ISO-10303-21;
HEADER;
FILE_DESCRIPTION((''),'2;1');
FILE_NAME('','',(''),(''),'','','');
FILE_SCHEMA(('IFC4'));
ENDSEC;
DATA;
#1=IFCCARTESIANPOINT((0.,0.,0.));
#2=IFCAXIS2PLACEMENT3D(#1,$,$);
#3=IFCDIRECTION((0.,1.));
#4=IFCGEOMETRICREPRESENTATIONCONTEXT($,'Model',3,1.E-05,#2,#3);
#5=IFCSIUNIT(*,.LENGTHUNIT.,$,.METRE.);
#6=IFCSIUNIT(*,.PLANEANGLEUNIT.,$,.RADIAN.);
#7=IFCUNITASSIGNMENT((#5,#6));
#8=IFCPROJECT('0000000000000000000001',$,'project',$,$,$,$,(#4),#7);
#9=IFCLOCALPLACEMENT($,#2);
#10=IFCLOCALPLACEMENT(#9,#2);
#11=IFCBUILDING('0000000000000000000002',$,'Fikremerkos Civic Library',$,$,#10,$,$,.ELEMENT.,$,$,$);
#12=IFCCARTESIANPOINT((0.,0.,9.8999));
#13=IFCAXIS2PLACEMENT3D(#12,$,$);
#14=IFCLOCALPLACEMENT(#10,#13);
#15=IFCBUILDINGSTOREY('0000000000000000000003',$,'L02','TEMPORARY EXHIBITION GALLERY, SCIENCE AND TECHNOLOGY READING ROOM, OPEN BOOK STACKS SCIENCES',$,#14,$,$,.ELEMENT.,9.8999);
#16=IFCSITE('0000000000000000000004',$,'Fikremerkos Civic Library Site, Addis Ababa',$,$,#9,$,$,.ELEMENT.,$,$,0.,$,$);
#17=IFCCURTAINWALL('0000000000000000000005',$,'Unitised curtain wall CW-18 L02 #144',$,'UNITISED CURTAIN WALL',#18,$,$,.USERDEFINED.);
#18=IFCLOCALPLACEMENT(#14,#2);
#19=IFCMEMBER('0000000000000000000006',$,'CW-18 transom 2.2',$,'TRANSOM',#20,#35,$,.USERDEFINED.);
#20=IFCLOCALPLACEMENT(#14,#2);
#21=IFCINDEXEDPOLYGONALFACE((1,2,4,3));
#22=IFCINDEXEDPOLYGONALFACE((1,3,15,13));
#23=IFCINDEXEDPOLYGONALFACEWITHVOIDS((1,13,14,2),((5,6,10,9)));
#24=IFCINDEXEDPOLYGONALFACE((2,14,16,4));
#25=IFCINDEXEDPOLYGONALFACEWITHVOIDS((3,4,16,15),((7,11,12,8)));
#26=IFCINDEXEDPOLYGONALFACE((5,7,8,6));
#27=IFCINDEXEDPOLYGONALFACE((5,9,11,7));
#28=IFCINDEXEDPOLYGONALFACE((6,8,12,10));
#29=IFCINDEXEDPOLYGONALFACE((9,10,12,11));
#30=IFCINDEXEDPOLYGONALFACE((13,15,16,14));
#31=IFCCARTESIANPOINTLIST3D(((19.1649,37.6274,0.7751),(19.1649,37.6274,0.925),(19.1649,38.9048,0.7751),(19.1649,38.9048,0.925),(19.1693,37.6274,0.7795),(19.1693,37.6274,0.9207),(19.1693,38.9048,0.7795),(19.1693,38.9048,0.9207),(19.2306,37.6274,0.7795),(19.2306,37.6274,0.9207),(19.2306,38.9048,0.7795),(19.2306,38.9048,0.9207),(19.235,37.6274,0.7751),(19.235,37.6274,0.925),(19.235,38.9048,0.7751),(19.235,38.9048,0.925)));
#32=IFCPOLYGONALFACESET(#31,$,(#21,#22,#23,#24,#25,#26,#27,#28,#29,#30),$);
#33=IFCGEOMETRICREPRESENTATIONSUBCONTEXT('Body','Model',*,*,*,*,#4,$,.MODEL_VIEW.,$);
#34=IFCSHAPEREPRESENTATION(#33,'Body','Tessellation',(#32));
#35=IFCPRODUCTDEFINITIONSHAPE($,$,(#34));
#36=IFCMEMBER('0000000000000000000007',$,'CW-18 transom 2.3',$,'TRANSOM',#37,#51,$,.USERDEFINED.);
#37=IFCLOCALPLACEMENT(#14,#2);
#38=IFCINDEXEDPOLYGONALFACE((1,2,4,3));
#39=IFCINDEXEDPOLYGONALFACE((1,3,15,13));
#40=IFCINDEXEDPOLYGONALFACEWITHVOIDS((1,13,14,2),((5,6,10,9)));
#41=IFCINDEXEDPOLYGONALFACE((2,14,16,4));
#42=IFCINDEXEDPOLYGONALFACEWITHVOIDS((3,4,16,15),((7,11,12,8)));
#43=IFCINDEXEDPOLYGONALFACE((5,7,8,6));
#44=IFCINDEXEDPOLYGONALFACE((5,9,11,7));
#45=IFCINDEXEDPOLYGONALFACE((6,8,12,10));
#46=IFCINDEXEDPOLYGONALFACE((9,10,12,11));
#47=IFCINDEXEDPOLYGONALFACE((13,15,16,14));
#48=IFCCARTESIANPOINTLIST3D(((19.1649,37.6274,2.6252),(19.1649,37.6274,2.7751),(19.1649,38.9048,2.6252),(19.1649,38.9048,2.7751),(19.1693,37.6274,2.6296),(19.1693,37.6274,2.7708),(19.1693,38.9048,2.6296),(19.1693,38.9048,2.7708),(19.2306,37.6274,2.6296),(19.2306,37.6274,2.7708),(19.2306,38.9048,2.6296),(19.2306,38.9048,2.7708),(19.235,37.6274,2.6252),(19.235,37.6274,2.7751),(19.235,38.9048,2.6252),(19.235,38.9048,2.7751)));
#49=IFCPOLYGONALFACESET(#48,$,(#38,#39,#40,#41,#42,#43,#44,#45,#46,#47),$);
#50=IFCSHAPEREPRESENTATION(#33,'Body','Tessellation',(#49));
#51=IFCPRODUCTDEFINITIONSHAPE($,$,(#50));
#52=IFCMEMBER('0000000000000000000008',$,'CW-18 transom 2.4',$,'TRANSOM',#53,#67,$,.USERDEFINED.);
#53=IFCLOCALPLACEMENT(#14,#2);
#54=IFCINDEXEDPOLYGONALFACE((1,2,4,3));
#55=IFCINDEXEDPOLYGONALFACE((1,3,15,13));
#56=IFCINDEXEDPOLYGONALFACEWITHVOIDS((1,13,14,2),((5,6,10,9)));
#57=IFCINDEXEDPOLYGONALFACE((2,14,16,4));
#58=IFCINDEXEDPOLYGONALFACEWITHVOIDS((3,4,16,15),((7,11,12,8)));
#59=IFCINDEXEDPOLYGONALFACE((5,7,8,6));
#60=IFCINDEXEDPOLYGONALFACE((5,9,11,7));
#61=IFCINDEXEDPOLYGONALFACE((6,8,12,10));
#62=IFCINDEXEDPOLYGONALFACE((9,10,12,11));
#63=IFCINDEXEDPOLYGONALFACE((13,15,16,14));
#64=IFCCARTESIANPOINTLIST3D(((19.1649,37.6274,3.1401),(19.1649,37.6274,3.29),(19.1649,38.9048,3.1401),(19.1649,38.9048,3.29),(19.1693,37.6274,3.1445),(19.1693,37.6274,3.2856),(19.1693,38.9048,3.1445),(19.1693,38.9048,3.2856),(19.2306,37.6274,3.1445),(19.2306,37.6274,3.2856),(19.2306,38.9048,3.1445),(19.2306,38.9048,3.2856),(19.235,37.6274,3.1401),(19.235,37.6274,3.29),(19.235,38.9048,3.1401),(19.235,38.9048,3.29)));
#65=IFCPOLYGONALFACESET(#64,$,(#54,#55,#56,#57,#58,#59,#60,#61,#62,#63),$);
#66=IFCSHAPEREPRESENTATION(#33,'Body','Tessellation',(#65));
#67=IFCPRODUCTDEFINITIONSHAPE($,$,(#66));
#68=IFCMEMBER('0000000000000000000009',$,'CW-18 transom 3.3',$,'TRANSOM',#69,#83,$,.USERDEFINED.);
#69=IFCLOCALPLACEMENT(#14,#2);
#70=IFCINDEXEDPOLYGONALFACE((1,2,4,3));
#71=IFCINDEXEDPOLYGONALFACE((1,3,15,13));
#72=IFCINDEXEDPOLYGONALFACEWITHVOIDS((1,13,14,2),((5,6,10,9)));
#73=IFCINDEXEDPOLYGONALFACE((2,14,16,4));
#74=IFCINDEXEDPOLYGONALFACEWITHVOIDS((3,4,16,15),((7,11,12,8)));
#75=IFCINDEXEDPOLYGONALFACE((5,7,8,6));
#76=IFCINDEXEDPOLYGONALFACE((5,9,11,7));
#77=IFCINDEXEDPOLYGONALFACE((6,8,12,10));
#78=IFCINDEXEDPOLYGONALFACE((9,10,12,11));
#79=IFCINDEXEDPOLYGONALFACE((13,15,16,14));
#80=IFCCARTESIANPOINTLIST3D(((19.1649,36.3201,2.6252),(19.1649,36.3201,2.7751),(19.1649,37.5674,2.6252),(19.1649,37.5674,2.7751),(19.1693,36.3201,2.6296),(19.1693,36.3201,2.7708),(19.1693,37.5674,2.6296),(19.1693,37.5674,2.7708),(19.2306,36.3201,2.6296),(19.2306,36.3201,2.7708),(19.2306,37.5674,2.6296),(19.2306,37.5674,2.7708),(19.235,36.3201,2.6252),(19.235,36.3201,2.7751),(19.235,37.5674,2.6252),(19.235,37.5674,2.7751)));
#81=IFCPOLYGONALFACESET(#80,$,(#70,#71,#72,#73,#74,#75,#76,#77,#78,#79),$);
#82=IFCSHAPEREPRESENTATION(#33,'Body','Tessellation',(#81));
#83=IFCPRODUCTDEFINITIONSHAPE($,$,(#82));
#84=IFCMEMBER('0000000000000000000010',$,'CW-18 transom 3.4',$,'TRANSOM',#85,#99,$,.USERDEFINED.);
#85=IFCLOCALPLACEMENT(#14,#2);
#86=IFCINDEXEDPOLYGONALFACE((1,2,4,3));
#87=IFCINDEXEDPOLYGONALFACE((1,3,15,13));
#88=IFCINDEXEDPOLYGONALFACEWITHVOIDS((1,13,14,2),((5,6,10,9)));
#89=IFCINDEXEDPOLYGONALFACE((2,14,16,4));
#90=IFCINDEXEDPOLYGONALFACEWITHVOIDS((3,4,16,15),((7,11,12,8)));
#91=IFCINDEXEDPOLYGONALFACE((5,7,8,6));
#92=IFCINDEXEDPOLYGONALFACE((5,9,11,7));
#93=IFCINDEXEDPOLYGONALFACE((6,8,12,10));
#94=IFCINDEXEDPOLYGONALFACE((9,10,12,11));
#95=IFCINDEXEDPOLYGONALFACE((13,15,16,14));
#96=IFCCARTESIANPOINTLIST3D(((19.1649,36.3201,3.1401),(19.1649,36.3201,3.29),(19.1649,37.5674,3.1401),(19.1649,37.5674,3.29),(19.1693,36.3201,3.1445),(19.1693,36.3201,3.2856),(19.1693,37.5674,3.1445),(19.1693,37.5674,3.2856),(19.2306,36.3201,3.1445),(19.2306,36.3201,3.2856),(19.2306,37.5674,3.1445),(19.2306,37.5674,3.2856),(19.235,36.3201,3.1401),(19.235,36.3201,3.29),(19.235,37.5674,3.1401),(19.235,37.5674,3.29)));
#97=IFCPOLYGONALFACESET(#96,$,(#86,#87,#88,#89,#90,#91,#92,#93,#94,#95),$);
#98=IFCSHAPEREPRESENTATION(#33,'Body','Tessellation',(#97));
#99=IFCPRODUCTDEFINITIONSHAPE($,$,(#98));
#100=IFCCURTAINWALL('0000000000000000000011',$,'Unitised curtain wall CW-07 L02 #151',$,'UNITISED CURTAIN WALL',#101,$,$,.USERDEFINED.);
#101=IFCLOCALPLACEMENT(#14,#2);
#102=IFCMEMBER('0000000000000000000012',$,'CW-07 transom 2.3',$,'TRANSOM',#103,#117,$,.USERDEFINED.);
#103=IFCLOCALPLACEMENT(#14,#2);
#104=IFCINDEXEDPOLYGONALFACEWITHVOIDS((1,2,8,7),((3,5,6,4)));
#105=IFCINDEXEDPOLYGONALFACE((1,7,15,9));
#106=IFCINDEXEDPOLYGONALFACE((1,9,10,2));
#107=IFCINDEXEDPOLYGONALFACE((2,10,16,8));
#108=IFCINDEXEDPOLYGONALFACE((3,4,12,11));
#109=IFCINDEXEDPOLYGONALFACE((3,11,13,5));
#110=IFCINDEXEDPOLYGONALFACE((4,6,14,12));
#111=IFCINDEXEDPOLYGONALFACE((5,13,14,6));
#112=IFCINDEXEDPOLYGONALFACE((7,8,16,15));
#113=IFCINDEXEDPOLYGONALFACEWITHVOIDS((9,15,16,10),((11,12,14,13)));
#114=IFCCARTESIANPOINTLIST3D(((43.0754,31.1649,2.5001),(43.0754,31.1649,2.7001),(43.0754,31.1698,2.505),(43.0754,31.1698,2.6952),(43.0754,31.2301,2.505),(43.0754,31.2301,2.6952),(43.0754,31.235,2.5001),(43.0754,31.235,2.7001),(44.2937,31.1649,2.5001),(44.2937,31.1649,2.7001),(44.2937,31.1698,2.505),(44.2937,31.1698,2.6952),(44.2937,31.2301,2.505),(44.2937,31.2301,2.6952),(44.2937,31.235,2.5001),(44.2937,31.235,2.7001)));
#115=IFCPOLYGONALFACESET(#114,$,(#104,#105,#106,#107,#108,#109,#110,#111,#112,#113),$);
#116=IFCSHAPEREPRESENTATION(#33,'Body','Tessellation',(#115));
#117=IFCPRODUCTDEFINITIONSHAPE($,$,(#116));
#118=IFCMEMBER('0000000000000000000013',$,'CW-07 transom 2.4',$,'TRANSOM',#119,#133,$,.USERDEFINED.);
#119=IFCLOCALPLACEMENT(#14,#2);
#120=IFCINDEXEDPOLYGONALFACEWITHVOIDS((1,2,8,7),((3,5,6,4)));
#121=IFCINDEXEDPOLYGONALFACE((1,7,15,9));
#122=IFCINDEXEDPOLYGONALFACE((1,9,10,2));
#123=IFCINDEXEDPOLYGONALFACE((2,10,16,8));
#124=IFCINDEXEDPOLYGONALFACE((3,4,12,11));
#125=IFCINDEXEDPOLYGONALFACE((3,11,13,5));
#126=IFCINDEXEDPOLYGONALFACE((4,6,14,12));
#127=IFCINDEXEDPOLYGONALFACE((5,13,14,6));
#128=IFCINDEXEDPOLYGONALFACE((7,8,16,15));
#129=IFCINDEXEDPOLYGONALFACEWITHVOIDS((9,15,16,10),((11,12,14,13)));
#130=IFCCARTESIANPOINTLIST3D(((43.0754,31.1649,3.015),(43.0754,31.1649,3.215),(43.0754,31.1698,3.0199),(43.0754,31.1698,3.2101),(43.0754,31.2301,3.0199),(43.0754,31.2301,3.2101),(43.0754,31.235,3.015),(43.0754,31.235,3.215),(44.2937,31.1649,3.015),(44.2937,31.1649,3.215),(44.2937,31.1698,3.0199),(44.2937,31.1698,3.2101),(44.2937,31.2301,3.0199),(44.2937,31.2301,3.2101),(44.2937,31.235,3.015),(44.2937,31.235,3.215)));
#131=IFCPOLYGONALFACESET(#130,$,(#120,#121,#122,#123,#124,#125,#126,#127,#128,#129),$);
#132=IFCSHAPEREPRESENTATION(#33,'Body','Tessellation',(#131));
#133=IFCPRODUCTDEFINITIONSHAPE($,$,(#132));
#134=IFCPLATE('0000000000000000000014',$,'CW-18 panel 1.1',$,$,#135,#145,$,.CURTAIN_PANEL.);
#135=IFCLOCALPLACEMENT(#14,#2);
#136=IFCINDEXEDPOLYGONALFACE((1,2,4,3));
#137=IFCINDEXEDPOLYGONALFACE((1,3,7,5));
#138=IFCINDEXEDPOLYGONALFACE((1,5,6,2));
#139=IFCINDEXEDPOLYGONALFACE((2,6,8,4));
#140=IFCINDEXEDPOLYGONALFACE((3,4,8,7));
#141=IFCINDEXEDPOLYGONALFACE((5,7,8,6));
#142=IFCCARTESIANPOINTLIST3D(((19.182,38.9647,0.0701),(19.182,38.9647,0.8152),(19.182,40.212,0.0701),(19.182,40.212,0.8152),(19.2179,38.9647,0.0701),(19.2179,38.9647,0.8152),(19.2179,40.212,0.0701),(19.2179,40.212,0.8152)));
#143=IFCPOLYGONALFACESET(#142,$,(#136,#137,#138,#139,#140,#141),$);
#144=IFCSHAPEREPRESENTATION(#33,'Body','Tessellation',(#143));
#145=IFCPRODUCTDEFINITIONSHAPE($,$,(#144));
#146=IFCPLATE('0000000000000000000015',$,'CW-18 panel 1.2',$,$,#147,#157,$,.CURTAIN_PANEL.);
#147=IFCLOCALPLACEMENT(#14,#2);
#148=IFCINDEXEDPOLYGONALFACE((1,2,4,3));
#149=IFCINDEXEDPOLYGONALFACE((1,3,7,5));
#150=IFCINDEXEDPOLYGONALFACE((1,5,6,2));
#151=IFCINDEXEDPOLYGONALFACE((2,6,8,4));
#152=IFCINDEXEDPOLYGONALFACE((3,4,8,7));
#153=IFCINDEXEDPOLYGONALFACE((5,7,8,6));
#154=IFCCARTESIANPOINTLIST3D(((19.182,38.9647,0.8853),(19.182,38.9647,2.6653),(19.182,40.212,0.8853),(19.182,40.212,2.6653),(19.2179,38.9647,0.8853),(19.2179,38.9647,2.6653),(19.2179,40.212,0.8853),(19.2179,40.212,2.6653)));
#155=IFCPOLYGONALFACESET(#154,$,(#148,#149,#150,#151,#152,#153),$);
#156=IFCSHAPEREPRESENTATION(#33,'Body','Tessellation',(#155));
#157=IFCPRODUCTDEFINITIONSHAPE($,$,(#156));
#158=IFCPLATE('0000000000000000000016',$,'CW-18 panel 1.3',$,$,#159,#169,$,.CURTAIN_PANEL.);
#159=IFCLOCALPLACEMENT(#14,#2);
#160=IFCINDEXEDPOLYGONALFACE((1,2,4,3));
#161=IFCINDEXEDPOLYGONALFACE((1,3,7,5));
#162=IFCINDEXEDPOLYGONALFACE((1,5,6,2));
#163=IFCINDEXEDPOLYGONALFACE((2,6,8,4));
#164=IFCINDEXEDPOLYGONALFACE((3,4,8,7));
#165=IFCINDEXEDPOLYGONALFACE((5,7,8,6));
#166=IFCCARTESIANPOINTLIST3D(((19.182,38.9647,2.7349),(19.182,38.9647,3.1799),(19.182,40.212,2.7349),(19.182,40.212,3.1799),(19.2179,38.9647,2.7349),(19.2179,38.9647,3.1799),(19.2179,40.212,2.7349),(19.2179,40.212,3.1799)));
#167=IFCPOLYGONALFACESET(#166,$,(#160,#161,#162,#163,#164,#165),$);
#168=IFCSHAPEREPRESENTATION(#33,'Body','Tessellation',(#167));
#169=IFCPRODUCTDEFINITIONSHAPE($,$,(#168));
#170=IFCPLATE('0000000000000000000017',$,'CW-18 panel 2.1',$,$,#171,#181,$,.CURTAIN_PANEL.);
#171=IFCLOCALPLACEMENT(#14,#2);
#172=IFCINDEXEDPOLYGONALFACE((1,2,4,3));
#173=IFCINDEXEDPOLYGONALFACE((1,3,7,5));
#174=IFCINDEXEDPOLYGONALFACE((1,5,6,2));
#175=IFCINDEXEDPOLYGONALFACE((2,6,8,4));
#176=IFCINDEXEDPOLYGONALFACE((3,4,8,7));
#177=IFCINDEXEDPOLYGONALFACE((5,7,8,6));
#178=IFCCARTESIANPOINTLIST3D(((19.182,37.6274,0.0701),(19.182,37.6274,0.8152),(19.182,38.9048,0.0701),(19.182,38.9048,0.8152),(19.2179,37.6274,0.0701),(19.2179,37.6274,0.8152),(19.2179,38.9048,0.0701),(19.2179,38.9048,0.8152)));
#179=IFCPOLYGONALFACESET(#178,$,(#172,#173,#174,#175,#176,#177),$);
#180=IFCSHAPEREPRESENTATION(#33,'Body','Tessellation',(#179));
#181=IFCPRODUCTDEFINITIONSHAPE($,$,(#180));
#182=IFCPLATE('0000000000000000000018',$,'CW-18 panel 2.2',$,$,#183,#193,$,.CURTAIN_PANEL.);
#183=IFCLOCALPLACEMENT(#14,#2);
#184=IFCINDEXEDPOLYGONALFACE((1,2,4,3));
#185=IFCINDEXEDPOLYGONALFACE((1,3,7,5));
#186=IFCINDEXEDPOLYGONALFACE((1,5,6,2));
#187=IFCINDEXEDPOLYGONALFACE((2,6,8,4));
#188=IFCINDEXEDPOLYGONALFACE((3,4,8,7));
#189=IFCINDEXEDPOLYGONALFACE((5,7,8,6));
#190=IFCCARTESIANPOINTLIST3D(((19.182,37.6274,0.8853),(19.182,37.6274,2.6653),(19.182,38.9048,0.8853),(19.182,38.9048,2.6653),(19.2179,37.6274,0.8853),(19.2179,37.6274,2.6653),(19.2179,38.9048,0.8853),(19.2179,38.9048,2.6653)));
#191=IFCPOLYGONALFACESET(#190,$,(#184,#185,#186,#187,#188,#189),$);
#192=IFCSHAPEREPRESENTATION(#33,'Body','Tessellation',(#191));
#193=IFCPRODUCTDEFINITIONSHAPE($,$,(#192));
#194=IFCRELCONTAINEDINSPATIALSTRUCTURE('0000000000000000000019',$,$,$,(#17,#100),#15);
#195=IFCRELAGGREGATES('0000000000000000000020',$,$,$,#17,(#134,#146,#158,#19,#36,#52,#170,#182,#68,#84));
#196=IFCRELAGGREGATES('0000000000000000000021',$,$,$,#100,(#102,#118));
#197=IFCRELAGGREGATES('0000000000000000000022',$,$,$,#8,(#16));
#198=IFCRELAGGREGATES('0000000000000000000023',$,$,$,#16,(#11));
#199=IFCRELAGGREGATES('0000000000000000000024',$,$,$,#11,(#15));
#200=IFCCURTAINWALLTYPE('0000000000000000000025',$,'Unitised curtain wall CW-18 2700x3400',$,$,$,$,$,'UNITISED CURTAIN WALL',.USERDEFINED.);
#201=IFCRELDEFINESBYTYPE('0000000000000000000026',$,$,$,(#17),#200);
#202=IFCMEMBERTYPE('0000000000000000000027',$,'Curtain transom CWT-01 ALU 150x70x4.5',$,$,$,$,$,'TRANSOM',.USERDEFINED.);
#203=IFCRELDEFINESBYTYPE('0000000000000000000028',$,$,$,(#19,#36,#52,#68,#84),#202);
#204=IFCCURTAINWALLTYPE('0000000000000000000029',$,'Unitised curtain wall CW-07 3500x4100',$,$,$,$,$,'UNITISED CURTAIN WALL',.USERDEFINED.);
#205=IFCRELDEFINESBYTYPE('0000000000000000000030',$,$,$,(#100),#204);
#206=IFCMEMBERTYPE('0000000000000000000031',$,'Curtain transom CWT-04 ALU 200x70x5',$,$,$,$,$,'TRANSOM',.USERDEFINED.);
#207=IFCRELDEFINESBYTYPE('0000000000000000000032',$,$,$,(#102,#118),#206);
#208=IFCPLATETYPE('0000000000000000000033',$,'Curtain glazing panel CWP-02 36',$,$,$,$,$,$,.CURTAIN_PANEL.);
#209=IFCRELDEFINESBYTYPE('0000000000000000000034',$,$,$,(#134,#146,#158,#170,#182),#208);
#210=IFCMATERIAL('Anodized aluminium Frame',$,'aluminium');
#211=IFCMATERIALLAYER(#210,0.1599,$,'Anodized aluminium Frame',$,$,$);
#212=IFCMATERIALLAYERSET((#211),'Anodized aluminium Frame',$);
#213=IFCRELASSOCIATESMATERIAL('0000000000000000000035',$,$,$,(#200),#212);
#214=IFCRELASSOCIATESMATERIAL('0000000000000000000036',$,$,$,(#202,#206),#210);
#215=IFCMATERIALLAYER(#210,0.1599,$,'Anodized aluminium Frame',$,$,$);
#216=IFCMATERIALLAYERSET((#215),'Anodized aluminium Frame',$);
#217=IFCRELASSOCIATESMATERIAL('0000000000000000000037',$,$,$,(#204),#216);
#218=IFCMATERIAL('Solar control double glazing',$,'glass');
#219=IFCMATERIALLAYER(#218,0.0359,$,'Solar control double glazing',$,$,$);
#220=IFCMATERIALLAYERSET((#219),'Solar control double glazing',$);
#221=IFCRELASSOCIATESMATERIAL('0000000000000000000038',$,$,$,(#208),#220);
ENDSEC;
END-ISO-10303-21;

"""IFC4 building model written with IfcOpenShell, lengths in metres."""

from ifc_helpers import new_model, si_unit, direction, frame, origin, origin_2d, place, context, subcontext, project, spatial, rectangle, hollow_rectangle, extrude, material, layer, layer_set, material_profile, profile_set, type_object, element, aggregate, save


model = new_model("IFC4")

# Units and contexts
model_context = context("Model", 3, precision=1e-05, world=origin(), true_north=direction((0.0, 1.0)))
body_context = subcontext(model_context, "Body", "Model", "MODEL_VIEW")
ifc_project = project(units=[si_unit("LENGTHUNIT", "METRE"), si_unit("PLANEANGLEUNIT", "RADIAN")], contexts=[model_context])

# Site, building, storey
site_placement = place(None, origin())
site = spatial("IfcSite", under=ifc_project, at=site_placement, Name="Fikremerkos Civic Library Site, Addis Ababa", CompositionType="ELEMENT", RefElevation=0.0)
building_placement = place(site_placement, origin())
building = spatial("IfcBuilding", under=site, at=building_placement, Name="Fikremerkos Civic Library", CompositionType="ELEMENT")
storey_placement = place(building_placement, frame((0.0, 0.0, 9.8999)))
storey = spatial("IfcBuildingStorey", under=building, at=storey_placement, Name="L02", Description="TEMPORARY EXHIBITION GALLERY, SCIENCE AND TECHNOLOGY READING ROOM, OPEN BOOK STACKS SCIENCES", CompositionType="ELEMENT", Elevation=9.8999)

# Curtain walls, members
ifc_material_1 = material(Name="Anodized aluminium Frame", Category="aluminium")
ifc_layer_1 = layer(ifc_material_1, 0.1599, Name="Anodized aluminium Frame")
ifc_layer_set_1 = layer_set([ifc_layer_1], Name="Anodized aluminium Frame")
curtain_wall_type_1 = type_object("IfcCurtainWallType", Name="Unitised curtain wall CW-18 2700x3400", ElementType="UNITISED CURTAIN WALL", PredefinedType="USERDEFINED", material=ifc_layer_set_1)
curtain_wall_1_placement = place(storey_placement, origin())
curtain_wall_1 = element("IfcCurtainWall", 1, at=curtain_wall_1_placement, inside=storey, type_object=curtain_wall_type_1, Name="Unitised curtain wall CW-18 L02 #144", ObjectType="UNITISED CURTAIN WALL", PredefinedType="USERDEFINED")
ifc_material_profile_1 = material_profile(ifc_material_1, hollow_rectangle(XDim=0.0701, YDim=0.1499, WallThickness=0.0044, at=origin_2d()), Name="ALU 150x70x4.5")
ifc_profile_set_1 = profile_set([ifc_material_profile_1], Name="Anodized aluminium Frame")
member_type_1 = type_object("IfcMemberType", Name="Curtain transom CWT-01 ALU 150x70x4.5", ElementType="TRANSOM", PredefinedType="USERDEFINED", material=ifc_profile_set_1)
member_1_placement = place(storey_placement, frame((19.2, 38.9048, 0.8501), z_axis=(0.0, -1.0, 0.0), x_axis=(1.0, 0.0, 0.0)))
member_1 = element("IfcMember", 2, at=member_1_placement, type_object=member_type_1, Name="CW-18 transom 2.2", ObjectType="TRANSOM", PredefinedType="USERDEFINED", context=body_context, shape_type="SweptSolid", body=[
    extrude(hollow_rectangle(XDim=0.0701, YDim=0.1499, WallThickness=0.0044, at=origin_2d()), origin(), (0.0, 0.0, 1.0), 1.2773),
])
member_2_placement = place(storey_placement, frame((19.2, 38.9048, 2.7002), z_axis=(0.0, -1.0, 0.0), x_axis=(1.0, 0.0, 0.0)))
member_2 = element("IfcMember", 3, at=member_2_placement, type_object=member_type_1, Name="CW-18 transom 2.3", ObjectType="TRANSOM", PredefinedType="USERDEFINED", context=body_context, shape_type="SweptSolid", body=[
    extrude(hollow_rectangle(XDim=0.0701, YDim=0.1499, WallThickness=0.0044, at=origin_2d()), origin(), (0.0, 0.0, 1.0), 1.2773),
])
member_3_placement = place(storey_placement, frame((19.2, 38.9048, 3.2151), z_axis=(0.0, -1.0, 0.0), x_axis=(1.0, 0.0, 0.0)))
member_3 = element("IfcMember", 4, at=member_3_placement, type_object=member_type_1, Name="CW-18 transom 2.4", ObjectType="TRANSOM", PredefinedType="USERDEFINED", context=body_context, shape_type="SweptSolid", body=[
    extrude(hollow_rectangle(XDim=0.0701, YDim=0.1499, WallThickness=0.0044, at=origin_2d()), origin(), (0.0, 0.0, 1.0), 1.2773),
])
member_4_placement = place(storey_placement, frame((19.2, 37.5674, 2.7002), z_axis=(0.0, -1.0, 0.0), x_axis=(1.0, 0.0, 0.0)))
member_4 = element("IfcMember", 5, at=member_4_placement, type_object=member_type_1, Name="CW-18 transom 3.3", ObjectType="TRANSOM", PredefinedType="USERDEFINED", context=body_context, shape_type="SweptSolid", body=[
    extrude(hollow_rectangle(XDim=0.0701, YDim=0.1499, WallThickness=0.0044, at=origin_2d()), origin(), (0.0, 0.0, 1.0), 1.2473),
])
member_5_placement = place(storey_placement, frame((19.2, 37.5674, 3.2151), z_axis=(0.0, -1.0, 0.0), x_axis=(1.0, 0.0, 0.0)))
member_5 = element("IfcMember", 6, at=member_5_placement, type_object=member_type_1, Name="CW-18 transom 3.4", ObjectType="TRANSOM", PredefinedType="USERDEFINED", context=body_context, shape_type="SweptSolid", body=[
    extrude(hollow_rectangle(XDim=0.0701, YDim=0.1499, WallThickness=0.0044, at=origin_2d()), origin(), (0.0, 0.0, 1.0), 1.2473),
])
ifc_layer_2 = layer(ifc_material_1, 0.1599, Name="Anodized aluminium Frame")
ifc_layer_set_2 = layer_set([ifc_layer_2], Name="Anodized aluminium Frame")
curtain_wall_type_2 = type_object("IfcCurtainWallType", Name="Unitised curtain wall CW-07 3500x4100", ElementType="UNITISED CURTAIN WALL", PredefinedType="USERDEFINED", material=ifc_layer_set_2)
curtain_wall_2_placement = place(storey_placement, origin())
curtain_wall_2 = element("IfcCurtainWall", 7, at=curtain_wall_2_placement, inside=storey, type_object=curtain_wall_type_2, Name="Unitised curtain wall CW-07 L02 #151", ObjectType="UNITISED CURTAIN WALL", PredefinedType="USERDEFINED")
ifc_material_profile_2 = material_profile(ifc_material_1, hollow_rectangle(XDim=0.0701, YDim=0.2, WallThickness=0.0049, at=origin_2d()), Name="ALU 200x70x5")
ifc_profile_set_2 = profile_set([ifc_material_profile_2], Name="Anodized aluminium Frame")
member_type_2 = type_object("IfcMemberType", Name="Curtain transom CWT-04 ALU 200x70x5", ElementType="TRANSOM", PredefinedType="USERDEFINED", material=ifc_profile_set_2)
member_6_placement = place(storey_placement, frame((43.0754, 31.2, 2.6001), z_axis=(1.0, 0.0, 0.0), x_axis=(0.0, 1.0, 0.0)))
member_6 = element("IfcMember", 8, at=member_6_placement, type_object=member_type_2, Name="CW-07 transom 2.3", ObjectType="TRANSOM", PredefinedType="USERDEFINED", context=body_context, shape_type="SweptSolid", body=[
    extrude(hollow_rectangle(XDim=0.0701, YDim=0.2, WallThickness=0.0049, at=origin_2d()), origin(), (0.0, 0.0, 1.0), 1.2183),
])
member_7_placement = place(storey_placement, frame((43.0754, 31.2, 3.115), z_axis=(1.0, 0.0, 0.0), x_axis=(0.0, 1.0, 0.0)))
member_7 = element("IfcMember", 9, at=member_7_placement, type_object=member_type_2, Name="CW-07 transom 2.4", ObjectType="TRANSOM", PredefinedType="USERDEFINED", context=body_context, shape_type="SweptSolid", body=[
    extrude(hollow_rectangle(XDim=0.0701, YDim=0.2, WallThickness=0.0049, at=origin_2d()), origin(), (0.0, 0.0, 1.0), 1.2183),
])

# Plates
ifc_material_2 = material(Name="Solar control double glazing", Category="glass")
ifc_layer_3 = layer(ifc_material_2, 0.0359, Name="Solar control double glazing")
ifc_layer_set_3 = layer_set([ifc_layer_3], Name="Solar control double glazing")
plate_type_1 = type_object("IfcPlateType", Name="Curtain glazing panel CWP-02 36", PredefinedType="CURTAIN_PANEL", material=ifc_layer_set_3)
plate_1_placement = place(storey_placement, frame((19.2, 39.5884, 0.0701), z_axis=(0.0, 0.0, 1.0), x_axis=(0.0, -1.0, 0.0)))
plate_1 = element("IfcPlate", 10, at=plate_1_placement, type_object=plate_type_1, Name="CW-18 panel 1.1", PredefinedType="CURTAIN_PANEL", context=body_context, shape_type="SweptSolid", body=[
    extrude(rectangle(XDim=1.2473, YDim=0.0359, at=origin_2d()), origin(), (0.0, 0.0, 1.0), 0.7451),
])
plate_2_placement = place(storey_placement, frame((19.2, 39.5884, 0.8853), z_axis=(0.0, 0.0, 1.0), x_axis=(0.0, -1.0, 0.0)))
plate_2 = element("IfcPlate", 11, at=plate_2_placement, type_object=plate_type_1, Name="CW-18 panel 1.2", PredefinedType="CURTAIN_PANEL", context=body_context, shape_type="SweptSolid", body=[
    extrude(rectangle(XDim=1.2473, YDim=0.0359, at=origin_2d()), origin(), (0.0, 0.0, 1.0), 1.78),
])
plate_3_placement = place(storey_placement, frame((19.2, 39.5884, 2.7349), z_axis=(0.0, 0.0, 1.0), x_axis=(0.0, -1.0, 0.0)))
plate_3 = element("IfcPlate", 12, at=plate_3_placement, type_object=plate_type_1, Name="CW-18 panel 1.3", PredefinedType="CURTAIN_PANEL", context=body_context, shape_type="SweptSolid", body=[
    extrude(rectangle(XDim=1.2473, YDim=0.0359, at=origin_2d()), origin(), (0.0, 0.0, 1.0), 0.4451),
])
plate_4_placement = place(storey_placement, frame((19.2, 38.2661, 0.0701), z_axis=(0.0, 0.0, 1.0), x_axis=(0.0, -1.0, 0.0)))
plate_4 = element("IfcPlate", 13, at=plate_4_placement, type_object=plate_type_1, Name="CW-18 panel 2.1", PredefinedType="CURTAIN_PANEL", context=body_context, shape_type="SweptSolid", body=[
    extrude(rectangle(XDim=1.2773, YDim=0.0359, at=origin_2d()), origin(), (0.0, 0.0, 1.0), 0.7451),
])
plate_5_placement = place(storey_placement, frame((19.2, 38.2661, 0.8853), z_axis=(0.0, 0.0, 1.0), x_axis=(0.0, -1.0, 0.0)))
plate_5 = element("IfcPlate", 14, at=plate_5_placement, type_object=plate_type_1, Name="CW-18 panel 2.2", PredefinedType="CURTAIN_PANEL", context=body_context, shape_type="SweptSolid", body=[
    extrude(rectangle(XDim=1.2773, YDim=0.0359, at=origin_2d()), origin(), (0.0, 0.0, 1.0), 1.78),
])
aggregate(curtain_wall_1, [plate_1, plate_2, plate_3, member_1, member_2, member_3, plate_4, plate_5, member_4, member_5])
aggregate(curtain_wall_2, [member_6, member_7])

save(model, "model.ifc")
